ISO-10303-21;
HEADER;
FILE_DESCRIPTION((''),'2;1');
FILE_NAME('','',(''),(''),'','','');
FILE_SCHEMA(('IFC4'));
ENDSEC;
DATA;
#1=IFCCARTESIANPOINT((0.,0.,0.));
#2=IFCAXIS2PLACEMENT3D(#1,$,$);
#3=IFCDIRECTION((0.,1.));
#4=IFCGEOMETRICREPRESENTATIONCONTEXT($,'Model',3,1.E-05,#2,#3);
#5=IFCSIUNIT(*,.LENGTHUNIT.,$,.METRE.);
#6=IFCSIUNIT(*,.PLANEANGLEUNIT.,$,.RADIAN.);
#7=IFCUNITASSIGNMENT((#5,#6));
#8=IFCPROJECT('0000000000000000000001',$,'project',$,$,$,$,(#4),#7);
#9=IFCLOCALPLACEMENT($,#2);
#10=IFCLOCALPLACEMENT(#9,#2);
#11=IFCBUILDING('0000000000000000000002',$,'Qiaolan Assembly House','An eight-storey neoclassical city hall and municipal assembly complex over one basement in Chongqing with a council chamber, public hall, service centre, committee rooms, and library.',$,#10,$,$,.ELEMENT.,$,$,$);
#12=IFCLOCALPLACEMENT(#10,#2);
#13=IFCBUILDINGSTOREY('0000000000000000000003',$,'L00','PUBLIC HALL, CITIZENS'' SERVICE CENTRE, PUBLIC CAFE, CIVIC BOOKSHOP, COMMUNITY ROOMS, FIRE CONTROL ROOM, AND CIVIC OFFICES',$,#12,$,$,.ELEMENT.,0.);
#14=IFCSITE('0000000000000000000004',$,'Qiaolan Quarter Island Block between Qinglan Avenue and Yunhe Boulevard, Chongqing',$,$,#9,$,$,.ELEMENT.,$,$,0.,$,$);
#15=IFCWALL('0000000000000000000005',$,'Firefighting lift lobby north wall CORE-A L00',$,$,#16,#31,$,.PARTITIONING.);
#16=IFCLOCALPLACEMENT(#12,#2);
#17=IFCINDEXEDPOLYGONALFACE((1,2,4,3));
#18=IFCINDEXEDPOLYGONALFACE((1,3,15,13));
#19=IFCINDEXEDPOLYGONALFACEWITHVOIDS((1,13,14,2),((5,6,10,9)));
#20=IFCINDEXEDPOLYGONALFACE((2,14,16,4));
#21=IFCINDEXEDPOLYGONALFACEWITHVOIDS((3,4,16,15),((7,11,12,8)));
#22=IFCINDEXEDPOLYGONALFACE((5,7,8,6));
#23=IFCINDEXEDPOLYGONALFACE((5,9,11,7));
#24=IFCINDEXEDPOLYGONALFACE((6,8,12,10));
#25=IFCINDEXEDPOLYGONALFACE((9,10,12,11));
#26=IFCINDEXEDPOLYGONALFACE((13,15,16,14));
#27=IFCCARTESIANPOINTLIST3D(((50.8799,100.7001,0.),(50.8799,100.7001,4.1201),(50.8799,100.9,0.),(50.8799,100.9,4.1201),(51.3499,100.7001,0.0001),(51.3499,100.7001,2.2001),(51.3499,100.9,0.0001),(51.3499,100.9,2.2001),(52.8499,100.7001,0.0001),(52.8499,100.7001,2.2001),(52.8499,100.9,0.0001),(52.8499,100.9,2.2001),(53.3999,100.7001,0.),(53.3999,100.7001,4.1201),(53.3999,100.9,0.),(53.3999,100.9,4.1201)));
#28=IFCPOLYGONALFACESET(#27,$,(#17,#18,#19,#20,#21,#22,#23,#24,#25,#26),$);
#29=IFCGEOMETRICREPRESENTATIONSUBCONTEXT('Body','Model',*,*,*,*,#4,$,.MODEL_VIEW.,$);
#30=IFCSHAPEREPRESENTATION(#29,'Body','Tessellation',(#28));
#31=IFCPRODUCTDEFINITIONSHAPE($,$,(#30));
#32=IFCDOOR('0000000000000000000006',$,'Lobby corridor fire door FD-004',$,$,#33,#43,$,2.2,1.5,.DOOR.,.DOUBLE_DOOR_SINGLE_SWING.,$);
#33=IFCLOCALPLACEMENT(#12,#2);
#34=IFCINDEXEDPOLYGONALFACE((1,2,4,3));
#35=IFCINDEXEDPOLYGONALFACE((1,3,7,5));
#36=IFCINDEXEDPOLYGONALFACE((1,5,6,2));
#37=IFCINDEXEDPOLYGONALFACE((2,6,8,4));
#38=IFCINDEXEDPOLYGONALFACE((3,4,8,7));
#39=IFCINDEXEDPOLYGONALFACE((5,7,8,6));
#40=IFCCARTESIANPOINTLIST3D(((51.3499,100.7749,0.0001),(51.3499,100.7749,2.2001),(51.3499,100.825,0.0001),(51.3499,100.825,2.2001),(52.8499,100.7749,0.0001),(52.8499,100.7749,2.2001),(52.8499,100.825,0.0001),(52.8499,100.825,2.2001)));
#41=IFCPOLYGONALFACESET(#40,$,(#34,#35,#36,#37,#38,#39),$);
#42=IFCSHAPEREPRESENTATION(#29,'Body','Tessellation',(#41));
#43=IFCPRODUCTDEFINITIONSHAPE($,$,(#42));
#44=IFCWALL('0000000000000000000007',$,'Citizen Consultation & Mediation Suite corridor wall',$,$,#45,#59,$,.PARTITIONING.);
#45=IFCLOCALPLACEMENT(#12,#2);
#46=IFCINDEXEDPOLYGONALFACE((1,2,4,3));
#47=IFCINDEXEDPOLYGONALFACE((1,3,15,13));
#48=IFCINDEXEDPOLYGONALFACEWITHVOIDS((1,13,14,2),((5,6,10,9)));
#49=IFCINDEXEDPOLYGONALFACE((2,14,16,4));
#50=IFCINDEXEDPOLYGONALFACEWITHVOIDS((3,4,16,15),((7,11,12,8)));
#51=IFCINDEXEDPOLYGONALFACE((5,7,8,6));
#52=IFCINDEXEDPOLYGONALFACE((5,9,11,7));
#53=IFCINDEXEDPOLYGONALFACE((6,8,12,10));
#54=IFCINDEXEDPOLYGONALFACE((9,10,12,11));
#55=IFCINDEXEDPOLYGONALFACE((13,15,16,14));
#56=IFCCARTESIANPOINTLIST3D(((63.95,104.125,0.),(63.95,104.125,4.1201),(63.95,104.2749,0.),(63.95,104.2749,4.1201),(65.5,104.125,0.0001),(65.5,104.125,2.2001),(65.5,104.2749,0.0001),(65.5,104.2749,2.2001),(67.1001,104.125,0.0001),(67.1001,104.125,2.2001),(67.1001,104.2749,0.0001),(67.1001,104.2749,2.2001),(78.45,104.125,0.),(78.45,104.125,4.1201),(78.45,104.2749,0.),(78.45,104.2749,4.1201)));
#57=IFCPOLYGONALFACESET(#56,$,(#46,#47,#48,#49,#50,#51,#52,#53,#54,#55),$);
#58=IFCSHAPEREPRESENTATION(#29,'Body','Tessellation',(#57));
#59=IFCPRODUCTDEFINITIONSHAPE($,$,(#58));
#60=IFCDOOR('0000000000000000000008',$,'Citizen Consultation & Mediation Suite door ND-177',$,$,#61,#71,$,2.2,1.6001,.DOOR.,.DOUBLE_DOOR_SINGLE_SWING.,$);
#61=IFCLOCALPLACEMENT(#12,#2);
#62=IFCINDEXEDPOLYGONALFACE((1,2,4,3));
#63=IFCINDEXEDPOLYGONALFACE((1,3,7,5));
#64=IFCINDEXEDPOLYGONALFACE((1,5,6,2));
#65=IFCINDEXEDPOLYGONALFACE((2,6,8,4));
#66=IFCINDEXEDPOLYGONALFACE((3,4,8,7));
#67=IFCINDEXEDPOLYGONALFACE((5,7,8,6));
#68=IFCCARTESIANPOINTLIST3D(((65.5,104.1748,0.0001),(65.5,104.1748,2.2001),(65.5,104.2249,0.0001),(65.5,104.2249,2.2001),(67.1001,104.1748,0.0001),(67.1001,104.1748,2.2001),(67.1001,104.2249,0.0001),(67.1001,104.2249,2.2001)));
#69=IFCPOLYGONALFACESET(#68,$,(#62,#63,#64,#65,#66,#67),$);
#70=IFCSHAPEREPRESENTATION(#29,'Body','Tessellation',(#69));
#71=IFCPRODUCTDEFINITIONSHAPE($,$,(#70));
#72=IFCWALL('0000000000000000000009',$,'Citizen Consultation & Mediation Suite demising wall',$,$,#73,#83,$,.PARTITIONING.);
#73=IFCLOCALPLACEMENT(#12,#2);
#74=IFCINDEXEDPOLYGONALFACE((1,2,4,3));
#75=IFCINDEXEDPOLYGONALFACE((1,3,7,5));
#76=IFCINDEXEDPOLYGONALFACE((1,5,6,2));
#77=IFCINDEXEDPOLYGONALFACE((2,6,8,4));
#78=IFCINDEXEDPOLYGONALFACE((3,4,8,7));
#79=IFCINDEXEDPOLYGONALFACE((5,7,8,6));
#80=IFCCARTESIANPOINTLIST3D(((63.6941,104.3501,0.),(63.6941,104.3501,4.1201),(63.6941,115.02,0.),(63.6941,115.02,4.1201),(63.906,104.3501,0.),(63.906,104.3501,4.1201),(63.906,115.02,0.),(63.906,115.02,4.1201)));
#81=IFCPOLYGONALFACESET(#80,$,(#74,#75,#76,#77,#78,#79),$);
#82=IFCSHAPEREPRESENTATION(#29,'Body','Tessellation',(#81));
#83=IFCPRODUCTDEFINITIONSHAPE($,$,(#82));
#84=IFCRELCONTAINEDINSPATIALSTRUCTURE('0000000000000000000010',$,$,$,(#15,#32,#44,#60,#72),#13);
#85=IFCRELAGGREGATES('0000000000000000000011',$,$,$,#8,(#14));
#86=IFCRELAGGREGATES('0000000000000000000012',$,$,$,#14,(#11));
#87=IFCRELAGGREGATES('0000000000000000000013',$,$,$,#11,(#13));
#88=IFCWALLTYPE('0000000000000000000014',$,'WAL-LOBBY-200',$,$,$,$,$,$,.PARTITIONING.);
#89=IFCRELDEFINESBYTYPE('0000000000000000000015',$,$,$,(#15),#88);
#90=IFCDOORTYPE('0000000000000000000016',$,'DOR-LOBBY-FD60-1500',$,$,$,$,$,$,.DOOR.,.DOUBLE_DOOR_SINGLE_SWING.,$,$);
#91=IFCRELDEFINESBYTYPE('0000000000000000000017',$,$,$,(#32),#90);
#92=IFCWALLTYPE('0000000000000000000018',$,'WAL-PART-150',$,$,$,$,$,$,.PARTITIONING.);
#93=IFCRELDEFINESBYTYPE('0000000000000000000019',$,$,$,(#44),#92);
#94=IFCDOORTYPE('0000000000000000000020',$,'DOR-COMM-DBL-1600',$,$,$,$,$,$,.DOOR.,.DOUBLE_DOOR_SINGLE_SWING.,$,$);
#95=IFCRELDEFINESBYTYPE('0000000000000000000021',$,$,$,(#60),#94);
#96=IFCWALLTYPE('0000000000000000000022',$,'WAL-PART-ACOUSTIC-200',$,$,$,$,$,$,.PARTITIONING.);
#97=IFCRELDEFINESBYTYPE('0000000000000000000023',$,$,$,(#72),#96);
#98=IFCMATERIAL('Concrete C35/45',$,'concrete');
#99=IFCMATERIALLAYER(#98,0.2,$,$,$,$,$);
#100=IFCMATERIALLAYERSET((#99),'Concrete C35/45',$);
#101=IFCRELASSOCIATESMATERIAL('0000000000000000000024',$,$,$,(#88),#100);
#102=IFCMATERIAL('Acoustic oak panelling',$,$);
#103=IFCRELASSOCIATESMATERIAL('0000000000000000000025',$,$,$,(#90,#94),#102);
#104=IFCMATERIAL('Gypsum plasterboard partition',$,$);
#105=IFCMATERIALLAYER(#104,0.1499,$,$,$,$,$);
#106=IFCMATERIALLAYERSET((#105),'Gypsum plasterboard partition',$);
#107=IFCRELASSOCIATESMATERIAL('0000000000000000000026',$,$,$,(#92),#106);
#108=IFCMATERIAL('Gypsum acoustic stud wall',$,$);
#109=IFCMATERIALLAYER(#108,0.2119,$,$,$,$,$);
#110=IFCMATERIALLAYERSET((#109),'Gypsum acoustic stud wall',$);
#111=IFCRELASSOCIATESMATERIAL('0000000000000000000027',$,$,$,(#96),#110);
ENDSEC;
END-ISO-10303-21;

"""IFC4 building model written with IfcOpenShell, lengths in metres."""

from ifc_helpers import new_model, si_unit, direction, frame, frame_2d, origin, place, context, subcontext, project, spatial, rectangle, extrude, material, layer, layer_set, type_object, element, fill, save


model = new_model("IFC4")

# Units and contexts
model_context = context("Model", 3, precision=1e-05, world=origin(), true_north=direction((0.0, 1.0)))
body_context = subcontext(model_context, "Body", "Model", "MODEL_VIEW")
ifc_project = project(units=[si_unit("LENGTHUNIT", "METRE"), si_unit("PLANEANGLEUNIT", "RADIAN")], contexts=[model_context])

# Site, building, storey
site_placement = place(None, origin())
site = spatial("IfcSite", under=ifc_project, at=site_placement, Name="Qiaolan Quarter Island Block between Qinglan Avenue and Yunhe Boulevard, Chongqing", CompositionType="ELEMENT", RefElevation=0.0)
building_placement = place(site_placement, origin())
building = spatial("IfcBuilding", under=site, at=building_placement, Name="Qiaolan Assembly House", Description="An eight-storey neoclassical city hall and municipal assembly complex over one basement in Chongqing with a council chamber, public hall, service centre, committee rooms, and library.", CompositionType="ELEMENT")
storey_placement = place(building_placement, origin())
storey = spatial("IfcBuildingStorey", under=building, at=storey_placement, Name="L00", Description="PUBLIC HALL, CITIZENS' SERVICE CENTRE, PUBLIC CAFE, CIVIC BOOKSHOP, COMMUNITY ROOMS, FIRE CONTROL ROOM, AND CIVIC OFFICES", CompositionType="ELEMENT", Elevation=0.0)

# Walls, openings, doors
ifc_material_1 = material(Name="Concrete C35/45", Category="concrete")
ifc_layer_1 = layer(ifc_material_1, 0.2)
ifc_layer_set_1 = layer_set([ifc_layer_1], Name="Concrete C35/45")
wall_type_1 = type_object("IfcWallType", Name="WAL-LOBBY-200", PredefinedType="PARTITIONING", material=ifc_layer_set_1)
wall_1_placement = place(storey_placement, frame((53.3999, 100.8, 0.0), z_axis=(0.0, 0.0, 1.0), x_axis=(-1.0, 0.0, 0.0)))
wall_1 = element("IfcWall", 1, at=wall_1_placement, inside=storey, type_object=wall_type_1, Name="Firefighting lift lobby north wall CORE-A L00", PredefinedType="PARTITIONING", context=body_context, shape_type="SweptSolid", body=[
    extrude(rectangle(XDim=2.52, YDim=0.2, at=frame_2d((1.26, 0.0))), origin(), (0.0, 0.0, 1.0), 4.1201),
])
opening_1_placement = place(wall_1_placement, frame((0.55, 0.0, 0.0)))
opening_1 = element("IfcOpeningElement", 2, at=opening_1_placement, cuts=wall_1, PredefinedType="OPENING", context=body_context, shape_type="SweptSolid", body=[
    extrude(rectangle(XDim=1.5, YDim=2.2, at=frame_2d((0.75, 1.1001))), frame((0.0, 0.1099, 0.0), z_axis=(0.0, -1.0, 0.0), x_axis=(1.0, 0.0, 0.0)), (0.0, 0.0, 1.0), 0.22),
])
ifc_material_2 = material(Name="Acoustic oak panelling")
door_type_1 = type_object("IfcDoorType", Name="DOR-LOBBY-FD60-1500", OperationType="DOUBLE_DOOR_SINGLE_SWING", PredefinedType="DOOR", material=ifc_material_2)
door_1_placement = place(opening_1_placement, frame((1.5, 0.0, 0.0), z_axis=(0.0, 0.0, 1.0), x_axis=(-1.0, 0.0, 0.0)))
door_1 = element("IfcDoor", 3, at=door_1_placement, inside=storey, type_object=door_type_1, Name="Lobby corridor fire door FD-004", OperationType="DOUBLE_DOOR_SINGLE_SWING", OverallHeight=2.2, OverallWidth=1.5, PredefinedType="DOOR", context=body_context, shape_type="SweptSolid", body=[
    extrude(rectangle(XDim=1.5, YDim=2.2, at=frame_2d((0.75, 1.1001))), frame((0.0, 0.0249, 0.0), z_axis=(0.0, -1.0, 0.0), x_axis=(1.0, 0.0, 0.0)), (0.0, 0.0, 1.0), 0.05),
])
fill(opening_1, door_1)
ifc_material_3 = material(Name="Gypsum plasterboard partition")
ifc_layer_2 = layer(ifc_material_3, 0.1499)
ifc_layer_set_2 = layer_set([ifc_layer_2], Name="Gypsum plasterboard partition")
wall_type_2 = type_object("IfcWallType", Name="WAL-PART-150", PredefinedType="PARTITIONING", material=ifc_layer_set_2)
wall_2_placement = place(storey_placement, frame((63.95, 104.2, 0.0), z_axis=(0.0, 0.0, 1.0), x_axis=(1.0, 0.0, 0.0)))
wall_2 = element("IfcWall", 4, at=wall_2_placement, inside=storey, type_object=wall_type_2, Name="Citizen Consultation & Mediation Suite corridor wall", PredefinedType="PARTITIONING", context=body_context, shape_type="SweptSolid", body=[
    extrude(rectangle(XDim=14.5, YDim=0.1499, at=frame_2d((7.25, 0.0))), origin(), (0.0, 0.0, 1.0), 4.1201),
])
opening_2_placement = place(wall_2_placement, frame((1.55, 0.0, 0.0)))
opening_2 = element("IfcOpeningElement", 5, at=opening_2_placement, cuts=wall_2, PredefinedType="OPENING", context=body_context, shape_type="SweptSolid", body=[
    extrude(rectangle(XDim=1.6001, YDim=2.2, at=frame_2d((0.8, 1.1001))), frame((0.0, 0.085, 0.0), z_axis=(0.0, -1.0, 0.0), x_axis=(1.0, 0.0, 0.0)), (0.0, 0.0, 1.0), 0.1699),
])
door_type_2 = type_object("IfcDoorType", Name="DOR-COMM-DBL-1600", OperationType="DOUBLE_DOOR_SINGLE_SWING", PredefinedType="DOOR", material=ifc_material_2)
door_2_placement = place(opening_2_placement, origin())
door_2 = element("IfcDoor", 6, at=door_2_placement, inside=storey, type_object=door_type_2, Name="Citizen Consultation & Mediation Suite door ND-177", OperationType="DOUBLE_DOOR_SINGLE_SWING", OverallHeight=2.2, OverallWidth=1.6001, PredefinedType="DOOR", context=body_context, shape_type="SweptSolid", body=[
    extrude(rectangle(XDim=1.6001, YDim=2.2, at=frame_2d((0.8, 1.1001))), frame((0.0, 0.0249, 0.0), z_axis=(0.0, -1.0, 0.0), x_axis=(1.0, 0.0, 0.0)), (0.0, 0.0, 1.0), 0.05),
])
fill(opening_2, door_2)

# Wall
ifc_material_4 = material(Name="Gypsum acoustic stud wall")
ifc_layer_3 = layer(ifc_material_4, 0.2119)
ifc_layer_set_3 = layer_set([ifc_layer_3], Name="Gypsum acoustic stud wall")
wall_type_3 = type_object("IfcWallType", Name="WAL-PART-ACOUSTIC-200", PredefinedType="PARTITIONING", material=ifc_layer_set_3)
wall_3_placement = place(storey_placement, frame((63.8, 104.3501, 0.0), z_axis=(0.0, 0.0, 1.0), x_axis=(0.0, 1.0, 0.0)))
element("IfcWall", 7, at=wall_3_placement, inside=storey, type_object=wall_type_3, Name="Citizen Consultation & Mediation Suite demising wall", PredefinedType="PARTITIONING", context=body_context, shape_type="SweptSolid", body=[
    extrude(rectangle(XDim=10.6699, YDim=0.2119, at=frame_2d((5.335, 0.0))), origin(), (0.0, 0.0, 1.0), 4.1201),
])

save(model, "model.ifc")
